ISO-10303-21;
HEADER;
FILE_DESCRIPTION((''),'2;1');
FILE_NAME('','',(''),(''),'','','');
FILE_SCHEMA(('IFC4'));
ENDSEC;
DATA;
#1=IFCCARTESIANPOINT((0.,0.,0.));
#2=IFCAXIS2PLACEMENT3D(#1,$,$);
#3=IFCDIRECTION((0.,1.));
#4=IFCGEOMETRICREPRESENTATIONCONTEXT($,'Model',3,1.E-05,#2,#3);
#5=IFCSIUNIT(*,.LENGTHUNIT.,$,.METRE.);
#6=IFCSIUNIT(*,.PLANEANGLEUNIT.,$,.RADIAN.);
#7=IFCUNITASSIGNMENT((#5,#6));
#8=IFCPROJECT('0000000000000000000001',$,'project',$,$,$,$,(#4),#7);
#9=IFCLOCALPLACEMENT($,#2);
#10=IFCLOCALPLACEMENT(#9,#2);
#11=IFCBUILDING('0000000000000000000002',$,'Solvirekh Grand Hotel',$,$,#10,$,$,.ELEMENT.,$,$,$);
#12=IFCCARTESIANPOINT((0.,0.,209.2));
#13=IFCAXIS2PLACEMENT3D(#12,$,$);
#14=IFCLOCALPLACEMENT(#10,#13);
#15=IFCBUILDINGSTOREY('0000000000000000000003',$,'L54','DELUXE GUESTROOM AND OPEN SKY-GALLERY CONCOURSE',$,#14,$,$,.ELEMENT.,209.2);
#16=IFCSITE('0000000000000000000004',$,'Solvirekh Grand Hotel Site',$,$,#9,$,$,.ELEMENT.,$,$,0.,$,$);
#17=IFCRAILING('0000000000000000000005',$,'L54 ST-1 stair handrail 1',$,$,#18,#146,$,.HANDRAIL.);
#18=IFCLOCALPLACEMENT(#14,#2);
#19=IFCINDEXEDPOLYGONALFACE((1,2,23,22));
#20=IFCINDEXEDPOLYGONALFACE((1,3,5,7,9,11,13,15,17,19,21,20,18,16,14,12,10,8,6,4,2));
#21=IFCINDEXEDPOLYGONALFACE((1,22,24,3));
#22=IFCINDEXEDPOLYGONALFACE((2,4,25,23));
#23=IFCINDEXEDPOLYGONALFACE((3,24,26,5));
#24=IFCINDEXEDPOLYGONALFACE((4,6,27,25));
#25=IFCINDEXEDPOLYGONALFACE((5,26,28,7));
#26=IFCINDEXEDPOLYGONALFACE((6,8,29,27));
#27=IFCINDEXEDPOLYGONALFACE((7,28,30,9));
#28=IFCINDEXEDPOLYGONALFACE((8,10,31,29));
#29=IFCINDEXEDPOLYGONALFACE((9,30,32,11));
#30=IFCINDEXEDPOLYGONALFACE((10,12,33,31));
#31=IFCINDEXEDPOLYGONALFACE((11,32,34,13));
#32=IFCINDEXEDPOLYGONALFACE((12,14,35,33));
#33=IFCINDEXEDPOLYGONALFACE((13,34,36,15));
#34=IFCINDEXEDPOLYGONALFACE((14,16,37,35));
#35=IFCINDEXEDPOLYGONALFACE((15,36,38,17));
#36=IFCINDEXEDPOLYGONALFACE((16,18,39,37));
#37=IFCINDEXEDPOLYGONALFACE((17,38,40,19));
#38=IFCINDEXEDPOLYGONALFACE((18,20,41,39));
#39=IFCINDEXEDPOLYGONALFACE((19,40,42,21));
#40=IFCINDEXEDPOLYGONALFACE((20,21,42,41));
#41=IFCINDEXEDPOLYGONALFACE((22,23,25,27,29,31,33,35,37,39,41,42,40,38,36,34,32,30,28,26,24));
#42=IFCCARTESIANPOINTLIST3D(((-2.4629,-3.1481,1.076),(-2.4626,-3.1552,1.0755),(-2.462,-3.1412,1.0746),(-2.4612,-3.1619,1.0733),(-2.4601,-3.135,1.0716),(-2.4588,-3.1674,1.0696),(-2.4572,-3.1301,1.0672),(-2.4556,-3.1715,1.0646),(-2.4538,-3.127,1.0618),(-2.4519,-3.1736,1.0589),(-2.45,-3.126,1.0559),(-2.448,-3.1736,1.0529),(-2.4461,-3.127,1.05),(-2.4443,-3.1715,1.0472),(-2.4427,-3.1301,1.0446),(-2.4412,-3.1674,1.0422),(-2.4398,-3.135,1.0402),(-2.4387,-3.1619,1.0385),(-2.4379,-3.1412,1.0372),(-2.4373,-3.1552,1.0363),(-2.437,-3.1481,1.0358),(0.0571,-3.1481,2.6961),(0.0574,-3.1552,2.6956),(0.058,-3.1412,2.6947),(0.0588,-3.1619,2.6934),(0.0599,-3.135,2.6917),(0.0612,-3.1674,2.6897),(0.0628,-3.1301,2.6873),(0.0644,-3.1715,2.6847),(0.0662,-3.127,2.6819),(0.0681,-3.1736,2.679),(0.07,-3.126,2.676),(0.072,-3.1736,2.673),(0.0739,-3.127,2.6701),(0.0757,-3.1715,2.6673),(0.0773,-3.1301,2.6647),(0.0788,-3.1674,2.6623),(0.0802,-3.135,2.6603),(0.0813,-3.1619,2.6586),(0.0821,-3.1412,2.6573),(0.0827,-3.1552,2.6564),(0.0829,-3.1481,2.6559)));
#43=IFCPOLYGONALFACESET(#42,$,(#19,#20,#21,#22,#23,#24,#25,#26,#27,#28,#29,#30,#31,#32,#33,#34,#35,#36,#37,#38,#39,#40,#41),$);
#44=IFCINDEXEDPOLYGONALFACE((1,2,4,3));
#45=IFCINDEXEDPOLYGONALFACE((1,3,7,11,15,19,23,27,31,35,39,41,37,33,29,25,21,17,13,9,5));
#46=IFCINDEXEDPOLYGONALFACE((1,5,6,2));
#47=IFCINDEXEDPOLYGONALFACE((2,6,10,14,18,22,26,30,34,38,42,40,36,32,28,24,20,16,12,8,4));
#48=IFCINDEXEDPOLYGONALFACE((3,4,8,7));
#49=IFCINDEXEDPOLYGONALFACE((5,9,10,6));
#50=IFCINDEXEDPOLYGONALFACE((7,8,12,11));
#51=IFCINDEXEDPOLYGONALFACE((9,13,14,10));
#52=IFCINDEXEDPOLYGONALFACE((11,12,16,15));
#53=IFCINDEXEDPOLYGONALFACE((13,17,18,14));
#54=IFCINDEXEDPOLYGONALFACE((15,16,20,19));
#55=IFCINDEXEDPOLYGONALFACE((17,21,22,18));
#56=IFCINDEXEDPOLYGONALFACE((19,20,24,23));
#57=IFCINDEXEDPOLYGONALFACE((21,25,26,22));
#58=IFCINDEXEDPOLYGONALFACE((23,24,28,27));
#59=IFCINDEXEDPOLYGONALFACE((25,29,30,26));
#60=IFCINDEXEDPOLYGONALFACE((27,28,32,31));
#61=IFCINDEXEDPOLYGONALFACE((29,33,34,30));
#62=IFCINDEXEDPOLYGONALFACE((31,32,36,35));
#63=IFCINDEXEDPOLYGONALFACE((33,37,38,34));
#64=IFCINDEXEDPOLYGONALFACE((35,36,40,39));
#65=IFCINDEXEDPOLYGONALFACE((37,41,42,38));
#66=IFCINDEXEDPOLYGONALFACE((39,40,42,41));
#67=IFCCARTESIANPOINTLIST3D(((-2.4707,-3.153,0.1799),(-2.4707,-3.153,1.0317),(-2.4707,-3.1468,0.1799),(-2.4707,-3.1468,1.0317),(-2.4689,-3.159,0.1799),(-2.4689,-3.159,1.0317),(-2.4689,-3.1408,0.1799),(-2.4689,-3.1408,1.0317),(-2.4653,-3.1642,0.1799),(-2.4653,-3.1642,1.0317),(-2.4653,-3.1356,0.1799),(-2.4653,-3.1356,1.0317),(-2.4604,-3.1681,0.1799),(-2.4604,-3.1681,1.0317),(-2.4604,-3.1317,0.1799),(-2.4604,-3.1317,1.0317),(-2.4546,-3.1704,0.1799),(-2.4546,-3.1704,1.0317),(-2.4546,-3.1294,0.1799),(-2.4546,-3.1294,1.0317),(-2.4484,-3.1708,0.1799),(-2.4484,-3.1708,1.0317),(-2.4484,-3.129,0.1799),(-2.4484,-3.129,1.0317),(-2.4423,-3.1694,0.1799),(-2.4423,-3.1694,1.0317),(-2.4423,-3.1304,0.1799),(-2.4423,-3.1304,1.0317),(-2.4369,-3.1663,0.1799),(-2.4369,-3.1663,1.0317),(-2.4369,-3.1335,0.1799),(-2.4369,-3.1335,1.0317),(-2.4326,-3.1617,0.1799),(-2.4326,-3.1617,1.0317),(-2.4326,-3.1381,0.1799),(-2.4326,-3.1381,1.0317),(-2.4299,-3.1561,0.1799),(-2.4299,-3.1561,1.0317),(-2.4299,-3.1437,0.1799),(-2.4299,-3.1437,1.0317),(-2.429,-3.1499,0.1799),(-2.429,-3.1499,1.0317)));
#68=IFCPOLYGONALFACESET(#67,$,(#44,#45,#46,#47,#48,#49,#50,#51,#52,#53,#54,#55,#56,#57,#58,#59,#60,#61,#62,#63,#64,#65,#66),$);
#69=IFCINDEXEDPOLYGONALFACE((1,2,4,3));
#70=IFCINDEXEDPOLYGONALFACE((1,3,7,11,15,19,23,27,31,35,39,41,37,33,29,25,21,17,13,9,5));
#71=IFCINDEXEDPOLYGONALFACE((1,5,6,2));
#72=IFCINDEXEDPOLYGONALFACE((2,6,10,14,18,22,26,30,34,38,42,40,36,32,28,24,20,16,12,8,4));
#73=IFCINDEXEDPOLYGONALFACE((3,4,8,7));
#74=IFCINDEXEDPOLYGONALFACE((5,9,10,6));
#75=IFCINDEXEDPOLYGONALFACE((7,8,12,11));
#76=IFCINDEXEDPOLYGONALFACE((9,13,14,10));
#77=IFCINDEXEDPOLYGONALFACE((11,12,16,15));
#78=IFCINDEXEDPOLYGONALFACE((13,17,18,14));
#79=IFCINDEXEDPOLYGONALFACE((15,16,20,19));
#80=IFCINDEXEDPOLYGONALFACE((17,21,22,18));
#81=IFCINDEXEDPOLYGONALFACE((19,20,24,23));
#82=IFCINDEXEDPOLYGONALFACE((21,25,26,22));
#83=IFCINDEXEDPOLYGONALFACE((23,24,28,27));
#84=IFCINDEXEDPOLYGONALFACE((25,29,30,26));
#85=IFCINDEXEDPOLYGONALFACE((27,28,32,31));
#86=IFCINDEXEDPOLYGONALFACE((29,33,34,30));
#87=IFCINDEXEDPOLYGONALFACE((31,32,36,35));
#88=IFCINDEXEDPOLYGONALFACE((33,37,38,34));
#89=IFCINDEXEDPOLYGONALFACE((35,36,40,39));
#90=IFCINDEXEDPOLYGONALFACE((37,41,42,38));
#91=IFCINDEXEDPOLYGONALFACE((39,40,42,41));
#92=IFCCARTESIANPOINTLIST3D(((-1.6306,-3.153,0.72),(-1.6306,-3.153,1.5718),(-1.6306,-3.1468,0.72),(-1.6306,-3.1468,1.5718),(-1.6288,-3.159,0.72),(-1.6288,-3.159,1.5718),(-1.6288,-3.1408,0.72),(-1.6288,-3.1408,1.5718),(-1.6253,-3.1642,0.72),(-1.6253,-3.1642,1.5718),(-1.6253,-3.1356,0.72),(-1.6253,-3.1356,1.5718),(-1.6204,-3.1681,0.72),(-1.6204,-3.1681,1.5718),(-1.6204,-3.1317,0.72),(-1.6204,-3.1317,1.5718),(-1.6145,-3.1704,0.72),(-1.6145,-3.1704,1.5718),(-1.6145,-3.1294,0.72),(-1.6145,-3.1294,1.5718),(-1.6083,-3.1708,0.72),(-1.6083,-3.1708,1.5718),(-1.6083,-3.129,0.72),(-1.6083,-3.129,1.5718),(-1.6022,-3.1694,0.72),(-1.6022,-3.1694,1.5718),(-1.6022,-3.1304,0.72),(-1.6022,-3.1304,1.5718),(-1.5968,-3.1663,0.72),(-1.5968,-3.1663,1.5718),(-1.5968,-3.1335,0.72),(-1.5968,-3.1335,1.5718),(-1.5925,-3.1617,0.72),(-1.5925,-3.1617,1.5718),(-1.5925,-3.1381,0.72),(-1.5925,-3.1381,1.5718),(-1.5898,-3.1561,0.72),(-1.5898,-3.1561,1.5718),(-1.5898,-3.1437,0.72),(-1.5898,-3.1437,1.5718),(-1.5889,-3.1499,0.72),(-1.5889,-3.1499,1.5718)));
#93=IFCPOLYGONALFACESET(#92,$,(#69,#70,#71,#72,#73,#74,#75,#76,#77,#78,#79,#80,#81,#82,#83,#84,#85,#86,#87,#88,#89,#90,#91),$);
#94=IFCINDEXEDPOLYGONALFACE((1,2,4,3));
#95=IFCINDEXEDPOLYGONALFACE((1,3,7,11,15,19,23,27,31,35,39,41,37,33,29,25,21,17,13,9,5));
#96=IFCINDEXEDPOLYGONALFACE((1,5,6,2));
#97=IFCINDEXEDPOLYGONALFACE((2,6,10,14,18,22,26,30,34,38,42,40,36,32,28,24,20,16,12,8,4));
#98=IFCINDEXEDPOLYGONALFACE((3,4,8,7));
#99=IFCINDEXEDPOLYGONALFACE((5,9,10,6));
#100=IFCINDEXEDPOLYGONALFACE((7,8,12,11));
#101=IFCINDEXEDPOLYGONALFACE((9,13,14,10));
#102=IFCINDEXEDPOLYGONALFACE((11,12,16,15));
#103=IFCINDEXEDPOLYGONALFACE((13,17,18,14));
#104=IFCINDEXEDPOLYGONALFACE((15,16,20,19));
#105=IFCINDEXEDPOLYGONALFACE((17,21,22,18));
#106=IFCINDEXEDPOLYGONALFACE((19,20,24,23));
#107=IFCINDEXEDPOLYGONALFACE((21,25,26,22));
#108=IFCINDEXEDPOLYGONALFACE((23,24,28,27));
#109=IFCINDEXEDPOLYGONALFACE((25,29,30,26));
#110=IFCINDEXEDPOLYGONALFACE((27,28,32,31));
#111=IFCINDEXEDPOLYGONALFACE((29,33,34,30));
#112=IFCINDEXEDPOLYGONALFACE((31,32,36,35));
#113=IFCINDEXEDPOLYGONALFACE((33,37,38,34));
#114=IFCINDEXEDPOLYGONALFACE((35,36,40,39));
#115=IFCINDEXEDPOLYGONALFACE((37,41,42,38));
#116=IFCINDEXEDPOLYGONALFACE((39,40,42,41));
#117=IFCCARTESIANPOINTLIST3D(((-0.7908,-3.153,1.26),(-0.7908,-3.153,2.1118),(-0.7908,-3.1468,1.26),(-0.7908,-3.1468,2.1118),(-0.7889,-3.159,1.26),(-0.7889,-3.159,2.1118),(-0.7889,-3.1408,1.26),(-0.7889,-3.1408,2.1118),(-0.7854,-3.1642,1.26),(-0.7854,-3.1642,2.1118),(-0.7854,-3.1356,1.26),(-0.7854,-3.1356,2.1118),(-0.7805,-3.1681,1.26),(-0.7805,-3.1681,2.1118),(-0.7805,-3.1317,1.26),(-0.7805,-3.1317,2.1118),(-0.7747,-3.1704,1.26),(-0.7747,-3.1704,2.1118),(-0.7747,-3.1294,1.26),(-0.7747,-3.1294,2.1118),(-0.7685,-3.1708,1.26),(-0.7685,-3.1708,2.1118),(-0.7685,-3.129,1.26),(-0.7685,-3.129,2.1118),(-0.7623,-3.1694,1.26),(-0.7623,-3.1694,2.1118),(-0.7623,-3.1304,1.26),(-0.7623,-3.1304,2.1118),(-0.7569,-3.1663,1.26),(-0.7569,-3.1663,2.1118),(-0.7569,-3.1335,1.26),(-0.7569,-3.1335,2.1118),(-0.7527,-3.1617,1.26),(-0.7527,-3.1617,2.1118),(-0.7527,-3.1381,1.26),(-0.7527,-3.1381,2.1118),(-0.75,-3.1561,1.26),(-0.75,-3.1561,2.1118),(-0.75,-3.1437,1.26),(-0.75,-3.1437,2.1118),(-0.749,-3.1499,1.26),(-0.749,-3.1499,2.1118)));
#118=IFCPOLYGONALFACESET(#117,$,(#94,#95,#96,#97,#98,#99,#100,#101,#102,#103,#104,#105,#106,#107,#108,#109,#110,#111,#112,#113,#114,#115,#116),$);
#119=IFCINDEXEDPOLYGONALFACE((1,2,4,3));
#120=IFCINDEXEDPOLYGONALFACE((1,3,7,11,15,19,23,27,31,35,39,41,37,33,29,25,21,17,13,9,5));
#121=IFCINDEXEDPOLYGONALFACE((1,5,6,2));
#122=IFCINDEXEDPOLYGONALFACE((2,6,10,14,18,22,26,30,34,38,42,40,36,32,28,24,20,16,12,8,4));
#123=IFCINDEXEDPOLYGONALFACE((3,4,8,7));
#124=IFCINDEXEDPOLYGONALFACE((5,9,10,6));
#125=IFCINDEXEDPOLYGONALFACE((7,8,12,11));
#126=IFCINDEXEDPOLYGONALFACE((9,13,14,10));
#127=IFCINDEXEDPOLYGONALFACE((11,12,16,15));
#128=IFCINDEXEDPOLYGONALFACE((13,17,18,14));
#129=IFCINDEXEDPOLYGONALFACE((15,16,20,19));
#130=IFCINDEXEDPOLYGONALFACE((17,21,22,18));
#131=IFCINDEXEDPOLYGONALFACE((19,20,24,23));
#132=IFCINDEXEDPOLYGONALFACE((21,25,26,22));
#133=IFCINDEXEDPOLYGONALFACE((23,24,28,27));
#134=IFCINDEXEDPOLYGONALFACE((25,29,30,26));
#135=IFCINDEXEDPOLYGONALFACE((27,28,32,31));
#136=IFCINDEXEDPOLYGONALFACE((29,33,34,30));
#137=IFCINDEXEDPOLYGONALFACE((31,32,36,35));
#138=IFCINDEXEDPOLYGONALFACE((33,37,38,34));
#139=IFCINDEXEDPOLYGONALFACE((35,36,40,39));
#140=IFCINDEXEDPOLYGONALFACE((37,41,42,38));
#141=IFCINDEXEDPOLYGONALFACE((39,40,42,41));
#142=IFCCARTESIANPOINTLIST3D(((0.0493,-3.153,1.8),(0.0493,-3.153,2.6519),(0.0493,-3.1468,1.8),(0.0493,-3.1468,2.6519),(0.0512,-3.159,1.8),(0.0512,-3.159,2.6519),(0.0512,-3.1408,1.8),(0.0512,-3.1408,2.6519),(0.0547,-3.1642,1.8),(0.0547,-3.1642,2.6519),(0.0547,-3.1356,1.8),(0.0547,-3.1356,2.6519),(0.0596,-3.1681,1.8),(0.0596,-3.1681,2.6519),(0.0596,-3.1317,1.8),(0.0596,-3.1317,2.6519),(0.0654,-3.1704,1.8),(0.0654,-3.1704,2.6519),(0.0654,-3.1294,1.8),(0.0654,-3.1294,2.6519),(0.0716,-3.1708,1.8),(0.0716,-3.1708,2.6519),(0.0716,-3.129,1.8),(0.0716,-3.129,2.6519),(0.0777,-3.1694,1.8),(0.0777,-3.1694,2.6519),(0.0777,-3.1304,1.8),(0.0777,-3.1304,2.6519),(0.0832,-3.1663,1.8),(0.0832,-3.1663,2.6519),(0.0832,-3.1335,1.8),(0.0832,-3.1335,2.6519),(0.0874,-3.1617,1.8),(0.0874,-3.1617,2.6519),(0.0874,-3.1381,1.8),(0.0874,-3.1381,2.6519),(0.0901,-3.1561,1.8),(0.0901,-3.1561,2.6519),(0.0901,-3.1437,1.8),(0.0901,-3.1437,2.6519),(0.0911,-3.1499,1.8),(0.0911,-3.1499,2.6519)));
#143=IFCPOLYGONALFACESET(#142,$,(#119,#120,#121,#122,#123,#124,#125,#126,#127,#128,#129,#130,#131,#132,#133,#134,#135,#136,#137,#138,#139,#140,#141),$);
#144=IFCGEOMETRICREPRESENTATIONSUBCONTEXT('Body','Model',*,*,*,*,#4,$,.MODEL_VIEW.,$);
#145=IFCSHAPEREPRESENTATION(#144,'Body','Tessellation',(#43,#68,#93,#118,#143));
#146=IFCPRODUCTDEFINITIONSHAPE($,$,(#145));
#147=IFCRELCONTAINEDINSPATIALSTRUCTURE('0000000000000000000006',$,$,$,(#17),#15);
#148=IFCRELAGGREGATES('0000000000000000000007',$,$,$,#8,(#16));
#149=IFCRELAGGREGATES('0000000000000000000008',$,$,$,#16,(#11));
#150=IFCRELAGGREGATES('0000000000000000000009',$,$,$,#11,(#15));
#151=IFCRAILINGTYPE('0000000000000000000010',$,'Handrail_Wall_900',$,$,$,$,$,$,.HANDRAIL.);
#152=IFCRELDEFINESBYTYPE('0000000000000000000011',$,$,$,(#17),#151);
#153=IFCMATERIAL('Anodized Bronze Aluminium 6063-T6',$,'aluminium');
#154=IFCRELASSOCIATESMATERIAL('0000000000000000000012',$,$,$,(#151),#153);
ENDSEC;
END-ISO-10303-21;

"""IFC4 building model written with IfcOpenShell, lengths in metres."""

from ifc_helpers import new_model, si_unit, direction, frame, origin, origin_2d, place, context, subcontext, project, spatial, circle, extrude, material, type_object, element, save


model = new_model("IFC4")

# Units and contexts
model_context = context("Model", 3, precision=1e-05, world=origin(), true_north=direction((0.0, 1.0)))
body_context = subcontext(model_context, "Body", "Model", "MODEL_VIEW")
ifc_project = project(units=[si_unit("LENGTHUNIT", "METRE"), si_unit("PLANEANGLEUNIT", "RADIAN")], contexts=[model_context])

# Site, building, storey
site_placement = place(None, origin())
site = spatial("IfcSite", under=ifc_project, at=site_placement, Name="Solvirekh Grand Hotel Site", CompositionType="ELEMENT", RefElevation=0.0)
building_placement = place(site_placement, origin())
building = spatial("IfcBuilding", under=site, at=building_placement, Name="Solvirekh Grand Hotel", CompositionType="ELEMENT")
storey_placement = place(building_placement, frame((0.0, 0.0, 209.2)))
storey = spatial("IfcBuildingStorey", under=building, at=storey_placement, Name="L54", Description="DELUXE GUESTROOM AND OPEN SKY-GALLERY CONCOURSE", CompositionType="ELEMENT", Elevation=209.2)

# Railing
ifc_material_1 = material(Name="Anodized Bronze Aluminium 6063-T6", Category="aluminium")
railing_type_1 = type_object("IfcRailingType", Name="Handrail_Wall_900", PredefinedType="HANDRAIL", material=ifc_material_1)
railing_1_placement = place(storey_placement, frame((-2.45, -3.1499, 0.1799)))
element("IfcRailing", 1, at=railing_1_placement, inside=storey, type_object=railing_type_1, Name="L54 ST-1 stair handrail 1", PredefinedType="HANDRAIL", context=body_context, shape_type="SweptSolid", body=[
    extrude(circle(Radius=0.0239, at=origin_2d()), frame((0.0, 0.0, 0.876), z_axis=(0.841163, 0.0, 0.540782), x_axis=(0.0, 1.0, 0.0)), (0.0, 0.0, 1.0), 2.9958),
    extrude(circle(Radius=0.021, at=origin_2d()), origin(), (0.0, 0.0, 1.0), 0.8518),
    extrude(circle(Radius=0.021, at=origin_2d()), frame((0.8401, 0.0, 0.54)), (0.0, 0.0, 1.0), 0.8518),
    extrude(circle(Radius=0.021, at=origin_2d()), frame((1.6799, 0.0, 1.0801)), (0.0, 0.0, 1.0), 0.8518),
    extrude(circle(Radius=0.021, at=origin_2d()), frame((2.52, 0.0, 1.6201)), (0.0, 0.0, 1.0), 0.8518),
])

save(model, "model.ifc")
